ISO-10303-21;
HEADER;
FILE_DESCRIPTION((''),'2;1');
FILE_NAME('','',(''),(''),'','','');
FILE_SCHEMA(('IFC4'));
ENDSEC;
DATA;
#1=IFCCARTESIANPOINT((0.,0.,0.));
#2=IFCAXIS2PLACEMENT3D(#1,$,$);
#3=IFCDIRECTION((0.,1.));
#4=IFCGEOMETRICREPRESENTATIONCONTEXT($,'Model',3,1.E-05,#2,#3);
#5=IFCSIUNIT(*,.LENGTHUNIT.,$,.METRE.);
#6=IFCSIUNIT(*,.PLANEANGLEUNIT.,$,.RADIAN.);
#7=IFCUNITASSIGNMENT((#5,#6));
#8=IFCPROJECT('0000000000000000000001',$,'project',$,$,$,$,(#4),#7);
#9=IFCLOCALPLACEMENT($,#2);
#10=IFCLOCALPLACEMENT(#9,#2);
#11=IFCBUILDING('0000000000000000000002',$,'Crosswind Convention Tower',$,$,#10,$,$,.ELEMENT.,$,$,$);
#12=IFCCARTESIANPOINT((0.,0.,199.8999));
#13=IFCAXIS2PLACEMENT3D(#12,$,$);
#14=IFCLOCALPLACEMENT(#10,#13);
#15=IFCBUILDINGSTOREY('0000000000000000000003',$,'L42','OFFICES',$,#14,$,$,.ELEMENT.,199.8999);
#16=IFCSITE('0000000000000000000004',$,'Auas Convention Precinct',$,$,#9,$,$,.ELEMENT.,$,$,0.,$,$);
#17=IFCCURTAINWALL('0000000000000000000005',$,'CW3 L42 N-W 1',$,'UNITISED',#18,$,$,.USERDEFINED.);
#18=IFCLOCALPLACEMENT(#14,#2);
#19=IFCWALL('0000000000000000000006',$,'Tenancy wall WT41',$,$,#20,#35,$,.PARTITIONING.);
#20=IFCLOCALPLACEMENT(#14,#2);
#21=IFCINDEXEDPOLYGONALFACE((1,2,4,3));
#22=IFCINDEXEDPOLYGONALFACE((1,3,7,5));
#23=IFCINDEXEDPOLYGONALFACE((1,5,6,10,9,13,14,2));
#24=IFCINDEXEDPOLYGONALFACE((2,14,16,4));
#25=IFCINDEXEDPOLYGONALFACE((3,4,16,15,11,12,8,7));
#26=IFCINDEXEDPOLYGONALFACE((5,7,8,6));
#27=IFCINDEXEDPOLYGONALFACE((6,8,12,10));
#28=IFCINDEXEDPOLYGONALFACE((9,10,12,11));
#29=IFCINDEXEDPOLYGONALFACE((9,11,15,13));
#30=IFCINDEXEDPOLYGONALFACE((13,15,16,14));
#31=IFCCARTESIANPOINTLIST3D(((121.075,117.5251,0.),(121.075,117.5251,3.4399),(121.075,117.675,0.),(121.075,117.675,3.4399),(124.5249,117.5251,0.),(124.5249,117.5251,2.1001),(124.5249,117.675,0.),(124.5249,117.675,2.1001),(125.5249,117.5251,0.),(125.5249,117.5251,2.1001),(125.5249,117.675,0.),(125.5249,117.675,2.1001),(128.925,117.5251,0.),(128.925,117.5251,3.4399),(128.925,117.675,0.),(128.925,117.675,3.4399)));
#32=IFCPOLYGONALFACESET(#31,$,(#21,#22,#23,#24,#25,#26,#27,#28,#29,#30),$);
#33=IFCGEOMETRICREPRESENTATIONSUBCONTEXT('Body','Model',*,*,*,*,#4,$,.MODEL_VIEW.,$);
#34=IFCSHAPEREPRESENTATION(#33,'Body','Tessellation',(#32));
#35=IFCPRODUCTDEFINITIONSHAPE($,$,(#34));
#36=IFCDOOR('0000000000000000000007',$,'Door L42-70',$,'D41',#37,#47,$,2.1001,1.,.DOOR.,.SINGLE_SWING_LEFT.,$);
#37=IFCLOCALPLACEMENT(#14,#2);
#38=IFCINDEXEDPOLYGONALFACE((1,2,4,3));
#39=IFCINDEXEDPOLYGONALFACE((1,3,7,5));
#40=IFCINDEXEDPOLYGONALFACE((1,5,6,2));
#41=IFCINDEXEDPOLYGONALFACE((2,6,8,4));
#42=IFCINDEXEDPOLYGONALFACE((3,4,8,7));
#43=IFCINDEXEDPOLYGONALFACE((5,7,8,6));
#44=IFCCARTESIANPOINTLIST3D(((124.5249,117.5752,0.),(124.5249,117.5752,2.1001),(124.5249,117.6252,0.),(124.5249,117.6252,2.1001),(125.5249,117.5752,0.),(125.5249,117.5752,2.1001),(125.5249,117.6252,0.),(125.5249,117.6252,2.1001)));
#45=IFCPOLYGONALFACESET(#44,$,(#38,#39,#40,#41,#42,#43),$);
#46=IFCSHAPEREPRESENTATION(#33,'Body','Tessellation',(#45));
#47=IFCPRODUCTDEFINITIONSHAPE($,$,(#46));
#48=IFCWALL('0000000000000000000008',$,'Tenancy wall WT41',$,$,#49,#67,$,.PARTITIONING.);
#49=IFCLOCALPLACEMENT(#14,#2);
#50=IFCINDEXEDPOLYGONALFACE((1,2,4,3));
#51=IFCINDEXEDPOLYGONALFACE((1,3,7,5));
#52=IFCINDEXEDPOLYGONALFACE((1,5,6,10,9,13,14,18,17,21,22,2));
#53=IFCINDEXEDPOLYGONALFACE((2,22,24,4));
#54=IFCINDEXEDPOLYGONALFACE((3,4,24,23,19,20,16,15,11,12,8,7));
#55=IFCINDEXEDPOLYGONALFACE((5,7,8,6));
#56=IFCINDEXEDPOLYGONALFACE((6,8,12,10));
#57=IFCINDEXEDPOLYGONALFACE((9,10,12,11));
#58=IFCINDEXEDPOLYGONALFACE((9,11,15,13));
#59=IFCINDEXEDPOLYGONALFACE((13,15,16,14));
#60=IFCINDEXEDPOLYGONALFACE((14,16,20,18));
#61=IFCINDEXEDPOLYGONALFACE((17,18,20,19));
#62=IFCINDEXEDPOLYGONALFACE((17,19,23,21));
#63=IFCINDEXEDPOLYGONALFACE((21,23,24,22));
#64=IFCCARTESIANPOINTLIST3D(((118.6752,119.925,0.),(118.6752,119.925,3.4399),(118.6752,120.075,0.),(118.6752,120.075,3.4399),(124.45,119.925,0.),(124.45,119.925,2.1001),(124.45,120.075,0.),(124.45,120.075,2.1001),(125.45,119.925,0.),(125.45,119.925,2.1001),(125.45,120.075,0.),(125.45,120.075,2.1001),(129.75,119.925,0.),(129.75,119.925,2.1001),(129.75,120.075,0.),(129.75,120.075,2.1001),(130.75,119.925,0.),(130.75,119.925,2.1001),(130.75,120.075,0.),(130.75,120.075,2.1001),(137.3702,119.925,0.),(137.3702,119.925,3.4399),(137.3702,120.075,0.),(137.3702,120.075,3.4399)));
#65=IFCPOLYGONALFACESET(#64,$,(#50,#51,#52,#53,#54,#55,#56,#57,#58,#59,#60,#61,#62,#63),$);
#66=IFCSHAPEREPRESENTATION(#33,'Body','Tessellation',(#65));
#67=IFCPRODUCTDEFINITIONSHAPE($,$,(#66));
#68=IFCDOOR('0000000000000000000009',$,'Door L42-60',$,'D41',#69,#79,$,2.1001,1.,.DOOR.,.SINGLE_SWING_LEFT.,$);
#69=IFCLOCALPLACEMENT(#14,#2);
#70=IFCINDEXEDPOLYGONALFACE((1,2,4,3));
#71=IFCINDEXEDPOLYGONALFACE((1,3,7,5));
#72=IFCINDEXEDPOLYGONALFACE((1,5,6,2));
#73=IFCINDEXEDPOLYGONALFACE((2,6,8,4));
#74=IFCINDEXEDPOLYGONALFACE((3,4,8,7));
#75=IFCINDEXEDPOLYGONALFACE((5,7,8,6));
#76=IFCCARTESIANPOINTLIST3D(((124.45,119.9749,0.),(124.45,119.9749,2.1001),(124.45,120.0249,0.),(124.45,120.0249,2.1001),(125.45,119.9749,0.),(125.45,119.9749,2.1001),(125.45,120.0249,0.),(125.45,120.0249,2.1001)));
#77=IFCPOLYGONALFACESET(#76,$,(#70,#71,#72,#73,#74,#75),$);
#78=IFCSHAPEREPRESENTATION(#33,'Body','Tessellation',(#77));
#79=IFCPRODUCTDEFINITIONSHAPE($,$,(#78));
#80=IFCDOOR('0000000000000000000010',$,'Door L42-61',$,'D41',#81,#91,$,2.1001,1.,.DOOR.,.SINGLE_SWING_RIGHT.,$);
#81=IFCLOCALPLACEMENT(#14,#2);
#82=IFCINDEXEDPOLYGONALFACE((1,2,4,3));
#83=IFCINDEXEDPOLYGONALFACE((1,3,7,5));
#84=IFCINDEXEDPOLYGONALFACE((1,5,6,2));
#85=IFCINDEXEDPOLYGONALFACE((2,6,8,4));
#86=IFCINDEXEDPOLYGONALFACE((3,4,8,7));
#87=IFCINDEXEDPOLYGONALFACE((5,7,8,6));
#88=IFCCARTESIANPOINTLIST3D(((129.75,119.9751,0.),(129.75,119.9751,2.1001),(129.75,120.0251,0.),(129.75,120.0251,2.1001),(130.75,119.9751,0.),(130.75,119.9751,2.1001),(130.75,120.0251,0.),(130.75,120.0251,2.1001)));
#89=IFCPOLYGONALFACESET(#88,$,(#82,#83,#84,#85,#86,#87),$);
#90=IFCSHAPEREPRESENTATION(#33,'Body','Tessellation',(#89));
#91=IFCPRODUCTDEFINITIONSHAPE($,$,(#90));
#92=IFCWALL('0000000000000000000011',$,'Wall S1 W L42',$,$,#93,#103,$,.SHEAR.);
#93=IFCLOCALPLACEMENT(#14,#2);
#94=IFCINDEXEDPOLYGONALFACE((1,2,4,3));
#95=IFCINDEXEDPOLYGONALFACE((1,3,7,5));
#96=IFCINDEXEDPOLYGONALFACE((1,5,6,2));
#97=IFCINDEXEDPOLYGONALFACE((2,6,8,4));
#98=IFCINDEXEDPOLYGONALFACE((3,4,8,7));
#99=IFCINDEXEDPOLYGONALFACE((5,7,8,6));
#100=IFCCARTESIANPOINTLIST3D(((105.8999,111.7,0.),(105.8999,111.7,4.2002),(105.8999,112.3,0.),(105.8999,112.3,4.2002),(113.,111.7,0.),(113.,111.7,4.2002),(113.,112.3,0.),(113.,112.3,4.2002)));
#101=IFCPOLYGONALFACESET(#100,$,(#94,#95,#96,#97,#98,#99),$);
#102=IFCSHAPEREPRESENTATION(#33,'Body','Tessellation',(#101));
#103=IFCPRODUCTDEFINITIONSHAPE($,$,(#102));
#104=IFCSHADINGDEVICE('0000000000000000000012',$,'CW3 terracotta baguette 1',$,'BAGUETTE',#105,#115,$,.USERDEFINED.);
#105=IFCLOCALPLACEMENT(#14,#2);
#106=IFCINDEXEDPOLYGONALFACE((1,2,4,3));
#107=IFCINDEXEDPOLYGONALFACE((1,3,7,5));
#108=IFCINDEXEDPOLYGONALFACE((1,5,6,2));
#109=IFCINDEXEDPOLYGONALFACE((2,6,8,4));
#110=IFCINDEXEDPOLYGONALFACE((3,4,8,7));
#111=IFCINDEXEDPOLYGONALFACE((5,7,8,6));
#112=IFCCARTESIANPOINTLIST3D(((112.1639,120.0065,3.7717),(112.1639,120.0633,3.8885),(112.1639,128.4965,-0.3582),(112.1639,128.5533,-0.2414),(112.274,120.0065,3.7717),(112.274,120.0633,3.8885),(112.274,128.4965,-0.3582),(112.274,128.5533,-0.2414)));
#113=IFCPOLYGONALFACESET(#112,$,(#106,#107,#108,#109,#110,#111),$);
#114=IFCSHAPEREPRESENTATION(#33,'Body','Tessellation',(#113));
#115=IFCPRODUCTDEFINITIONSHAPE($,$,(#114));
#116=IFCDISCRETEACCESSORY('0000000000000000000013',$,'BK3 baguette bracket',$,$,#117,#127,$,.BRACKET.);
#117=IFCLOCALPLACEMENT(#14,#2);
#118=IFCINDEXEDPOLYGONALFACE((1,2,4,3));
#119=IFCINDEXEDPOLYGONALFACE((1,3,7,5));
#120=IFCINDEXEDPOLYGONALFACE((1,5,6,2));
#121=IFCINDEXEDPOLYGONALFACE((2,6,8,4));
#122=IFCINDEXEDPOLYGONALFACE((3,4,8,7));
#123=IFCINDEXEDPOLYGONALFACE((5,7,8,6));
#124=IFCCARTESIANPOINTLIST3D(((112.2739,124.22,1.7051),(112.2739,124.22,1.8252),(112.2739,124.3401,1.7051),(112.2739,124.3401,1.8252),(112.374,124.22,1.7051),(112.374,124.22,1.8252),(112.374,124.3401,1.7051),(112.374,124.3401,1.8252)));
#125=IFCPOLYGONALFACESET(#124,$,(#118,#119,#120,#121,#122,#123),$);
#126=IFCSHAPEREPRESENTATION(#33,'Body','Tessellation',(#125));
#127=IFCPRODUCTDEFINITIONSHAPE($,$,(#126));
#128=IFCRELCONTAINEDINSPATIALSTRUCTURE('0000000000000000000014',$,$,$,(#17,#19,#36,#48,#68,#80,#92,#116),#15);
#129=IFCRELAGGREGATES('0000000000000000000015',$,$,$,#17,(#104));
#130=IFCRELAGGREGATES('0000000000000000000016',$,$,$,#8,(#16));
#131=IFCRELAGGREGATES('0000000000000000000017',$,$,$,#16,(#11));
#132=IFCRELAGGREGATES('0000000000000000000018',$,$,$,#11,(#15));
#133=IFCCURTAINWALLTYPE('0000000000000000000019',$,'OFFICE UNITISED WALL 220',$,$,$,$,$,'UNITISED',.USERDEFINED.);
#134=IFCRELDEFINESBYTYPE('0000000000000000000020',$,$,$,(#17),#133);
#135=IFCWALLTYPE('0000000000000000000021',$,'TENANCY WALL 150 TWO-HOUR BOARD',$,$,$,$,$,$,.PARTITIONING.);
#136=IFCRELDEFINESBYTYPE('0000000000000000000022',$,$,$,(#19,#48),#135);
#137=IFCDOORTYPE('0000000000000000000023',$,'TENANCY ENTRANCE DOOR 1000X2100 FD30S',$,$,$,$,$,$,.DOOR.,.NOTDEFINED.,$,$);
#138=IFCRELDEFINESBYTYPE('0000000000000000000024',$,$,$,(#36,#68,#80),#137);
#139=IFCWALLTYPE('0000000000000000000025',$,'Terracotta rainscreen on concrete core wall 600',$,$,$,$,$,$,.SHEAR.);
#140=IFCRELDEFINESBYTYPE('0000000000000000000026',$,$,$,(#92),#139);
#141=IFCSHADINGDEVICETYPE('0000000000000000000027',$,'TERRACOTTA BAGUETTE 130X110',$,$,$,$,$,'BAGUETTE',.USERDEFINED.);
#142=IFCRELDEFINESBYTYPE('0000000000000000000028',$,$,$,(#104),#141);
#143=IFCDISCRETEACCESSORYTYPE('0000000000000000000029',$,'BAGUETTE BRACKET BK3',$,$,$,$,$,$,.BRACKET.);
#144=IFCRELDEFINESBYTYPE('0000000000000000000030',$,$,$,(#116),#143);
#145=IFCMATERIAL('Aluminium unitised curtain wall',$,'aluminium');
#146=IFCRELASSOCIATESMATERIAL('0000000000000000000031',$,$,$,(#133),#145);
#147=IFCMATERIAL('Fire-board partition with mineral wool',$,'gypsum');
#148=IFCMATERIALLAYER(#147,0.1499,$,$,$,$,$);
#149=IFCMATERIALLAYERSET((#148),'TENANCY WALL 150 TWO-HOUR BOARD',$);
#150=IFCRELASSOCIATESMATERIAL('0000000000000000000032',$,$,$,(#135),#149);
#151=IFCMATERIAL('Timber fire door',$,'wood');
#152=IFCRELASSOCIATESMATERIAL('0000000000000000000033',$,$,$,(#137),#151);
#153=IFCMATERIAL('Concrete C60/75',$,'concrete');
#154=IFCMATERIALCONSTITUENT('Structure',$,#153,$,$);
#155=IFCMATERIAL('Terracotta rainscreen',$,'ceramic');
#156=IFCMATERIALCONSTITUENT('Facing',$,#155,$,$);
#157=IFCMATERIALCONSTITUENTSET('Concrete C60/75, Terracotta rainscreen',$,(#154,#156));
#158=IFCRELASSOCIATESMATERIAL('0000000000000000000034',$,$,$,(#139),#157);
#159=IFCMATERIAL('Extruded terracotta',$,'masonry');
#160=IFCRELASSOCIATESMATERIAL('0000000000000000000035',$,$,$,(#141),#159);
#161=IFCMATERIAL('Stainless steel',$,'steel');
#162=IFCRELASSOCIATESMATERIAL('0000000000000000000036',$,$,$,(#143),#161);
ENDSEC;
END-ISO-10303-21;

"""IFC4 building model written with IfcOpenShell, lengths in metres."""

from ifc_helpers import new_model, si_unit, direction, frame, frame_2d, origin, origin_2d, place, context, subcontext, project, spatial, rectangle, extrude, material, layer, layer_set, constituent, constituent_set, material_profile, profile_set, type_object, element, fill, aggregate, save


model = new_model("IFC4")

# Units and contexts
model_context = context("Model", 3, precision=1e-05, world=origin(), true_north=direction((0.0, 1.0)))
body_context = subcontext(model_context, "Body", "Model", "MODEL_VIEW")
ifc_project = project(units=[si_unit("LENGTHUNIT", "METRE"), si_unit("PLANEANGLEUNIT", "RADIAN")], contexts=[model_context])

# Site, building, storey
site_placement = place(None, origin())
site = spatial("IfcSite", under=ifc_project, at=site_placement, Name="Auas Convention Precinct", CompositionType="ELEMENT", RefElevation=0.0)
building_placement = place(site_placement, origin())
building = spatial("IfcBuilding", under=site, at=building_placement, Name="Crosswind Convention Tower", CompositionType="ELEMENT")
storey_placement = place(building_placement, frame((0.0, 0.0, 199.8999)))
storey = spatial("IfcBuildingStorey", under=building, at=storey_placement, Name="L42", Description="OFFICES", CompositionType="ELEMENT", Elevation=199.8999)

# Shared definitions
ifc_material_1 = material(Name="Concrete C60/75", Category="concrete")

# Shared definitions
ifc_material_2 = material(Name="Aluminium unitised curtain wall", Category="aluminium")
curtain_wall_type_1 = type_object("IfcCurtainWallType", Name="OFFICE UNITISED WALL 220", ElementType="UNITISED", PredefinedType="USERDEFINED", material=ifc_material_2)

# Curtain wall
curtain_wall_1_placement = place(storey_placement, origin())
curtain_wall_1 = element("IfcCurtainWall", 1, at=curtain_wall_1_placement, inside=storey, type_object=curtain_wall_type_1, Name="CW3 L42 N-W 1", ObjectType="UNITISED", PredefinedType="USERDEFINED")

# Shared definitions
ifc_material_3 = material(Name="Fire-board partition with mineral wool", Category="gypsum")
ifc_layer_1 = layer(ifc_material_3, 0.1499)
ifc_layer_set_1 = layer_set([ifc_layer_1], Name="TENANCY WALL 150 TWO-HOUR BOARD")
wall_type_1 = type_object("IfcWallType", Name="TENANCY WALL 150 TWO-HOUR BOARD", PredefinedType="PARTITIONING", material=ifc_layer_set_1)

# Wall, opening, door
wall_1_placement = place(storey_placement, frame((121.075, 117.6001, 0.0), z_axis=(0.0, 0.0, 1.0), x_axis=(1.0, 0.0, 0.0)))
wall_1 = element("IfcWall", 2, at=wall_1_placement, inside=storey, type_object=wall_type_1, Name="Tenancy wall WT41", PredefinedType="PARTITIONING", context=body_context, shape_type="SweptSolid", body=[
    extrude(rectangle(XDim=7.8501, YDim=0.1499, at=frame_2d((3.925, 0.0))), origin(), (0.0, 0.0, 1.0), 3.4399),
])
opening_1_placement = place(wall_1_placement, frame((3.45, 0.0, 0.0)))
opening_1 = element("IfcOpeningElement", 3, at=opening_1_placement, cuts=wall_1, PredefinedType="OPENING", context=body_context, shape_type="SweptSolid", body=[
    extrude(rectangle(XDim=1.0, YDim=2.1001, at=frame_2d((0.5, 1.05))), frame((0.0, 0.085, 0.0), z_axis=(0.0, -1.0, 0.0), x_axis=(1.0, 0.0, 0.0)), (0.0, 0.0, 1.0), 0.1699),
])
ifc_material_4 = material(Name="Timber fire door", Category="wood")
door_type = type_object("IfcDoorType", Name="TENANCY ENTRANCE DOOR 1000X2100 FD30S", OperationType="NOTDEFINED", PredefinedType="DOOR", material=ifc_material_4)
door_1_placement = place(opening_1_placement, frame((1.0, 0.0, 0.0), z_axis=(0.0, 0.0, 1.0), x_axis=(-1.0, 0.0, 0.0)))
door_1 = element("IfcDoor", 4, at=door_1_placement, inside=storey, type_object=door_type, Name="Door L42-70", ObjectType="D41", OperationType="SINGLE_SWING_LEFT", OverallHeight=2.1001, OverallWidth=1.0, PredefinedType="DOOR", context=body_context, shape_type="SweptSolid", body=[
    extrude(rectangle(XDim=1.0, YDim=2.1001, at=frame_2d((0.5, 1.05))), frame((0.0, 0.0249, 0.0), z_axis=(0.0, -1.0, 0.0), x_axis=(1.0, 0.0, 0.0)), (0.0, 0.0, 1.0), 0.05),
])
fill(opening_1, door_1)

# Wall, openings, doors
wall_2_placement = place(storey_placement, frame((118.675, 120.0, 0.0), z_axis=(0.0, 0.0, 1.0), x_axis=(1.0, 0.0, 0.0)))
wall_2 = element("IfcWall", 5, at=wall_2_placement, inside=storey, type_object=wall_type_1, Name="Tenancy wall WT41", PredefinedType="PARTITIONING", context=body_context, shape_type="SweptSolid", body=[
    extrude(rectangle(XDim=18.6951, YDim=0.1499, at=frame_2d((9.3477, 0.0))), origin(), (0.0, 0.0, 1.0), 3.4399),
])
opening_2_placement = place(wall_2_placement, frame((5.7749, 0.0, 0.0)))
opening_2 = element("IfcOpeningElement", 6, at=opening_2_placement, cuts=wall_2, PredefinedType="OPENING", context=body_context, shape_type="SweptSolid", body=[
    extrude(rectangle(XDim=1.0, YDim=2.1001, at=frame_2d((0.5, 1.05))), frame((0.0, 0.085, 0.0), z_axis=(0.0, -1.0, 0.0), x_axis=(1.0, 0.0, 0.0)), (0.0, 0.0, 1.0), 0.1699),
])
opening_3_placement = place(wall_2_placement, frame((11.075, 0.0, 0.0)))
opening_3 = element("IfcOpeningElement", 7, at=opening_3_placement, cuts=wall_2, PredefinedType="OPENING", context=body_context, shape_type="SweptSolid", body=[
    extrude(rectangle(XDim=1.0, YDim=2.1001, at=frame_2d((0.5, 1.05))), frame((0.0, 0.085, 0.0), z_axis=(0.0, -1.0, 0.0), x_axis=(1.0, 0.0, 0.0)), (0.0, 0.0, 1.0), 0.1699),
])
door_2_placement = place(opening_2_placement, origin())
door_2 = element("IfcDoor", 8, at=door_2_placement, inside=storey, type_object=door_type, Name="Door L42-60", ObjectType="D41", OperationType="SINGLE_SWING_LEFT", OverallHeight=2.1001, OverallWidth=1.0, PredefinedType="DOOR", context=body_context, shape_type="SweptSolid", body=[
    extrude(rectangle(XDim=1.0, YDim=2.1001, at=frame_2d((0.5, 1.05))), frame((0.0, 0.0249, 0.0), z_axis=(0.0, -1.0, 0.0), x_axis=(1.0, 0.0, 0.0)), (0.0, 0.0, 1.0), 0.05),
])
fill(opening_2, door_2)
door_3_placement = place(opening_3_placement, frame((1.0, 0.0, 0.0), z_axis=(0.0, 0.0, 1.0), x_axis=(-1.0, 0.0, 0.0)))
door_3 = element("IfcDoor", 9, at=door_3_placement, inside=storey, type_object=door_type, Name="Door L42-61", ObjectType="D41", OperationType="SINGLE_SWING_RIGHT", OverallHeight=2.1001, OverallWidth=1.0, PredefinedType="DOOR", context=body_context, shape_type="SweptSolid", body=[
    extrude(rectangle(XDim=1.0, YDim=2.1001, at=frame_2d((0.5, 1.05))), frame((0.0, 0.0249, 0.0), z_axis=(0.0, -1.0, 0.0), x_axis=(1.0, 0.0, 0.0)), (0.0, 0.0, 1.0), 0.05),
])
fill(opening_3, door_3)

# Wall
ifc_constituent_1 = constituent(ifc_material_1, Name="Structure")
ifc_material_5 = material(Name="Terracotta rainscreen", Category="ceramic")
ifc_constituent_2 = constituent(ifc_material_5, Name="Facing")
ifc_constituent_set = constituent_set(constituents=[ifc_constituent_1, ifc_constituent_2], Name="Concrete C60/75, Terracotta rainscreen")
wall_type_2 = type_object("IfcWallType", Name="Terracotta rainscreen on concrete core wall 600", PredefinedType="SHEAR", material=ifc_constituent_set)
wall_3_placement = place(storey_placement, frame((113.0, 112.0, 0.0), z_axis=(0.0, 0.0, 1.0), x_axis=(-1.0, 0.0, 0.0)))
element("IfcWall", 10, at=wall_3_placement, inside=storey, type_object=wall_type_2, Name="Wall S1 W L42", PredefinedType="SHEAR", context=body_context, shape_type="SweptSolid", body=[
    extrude(rectangle(XDim=7.1001, YDim=0.6001, at=frame_2d((3.55, 0.0))), origin(), (0.0, 0.0, 1.0), 4.2002),
])

# Shading device
ifc_material_6 = material(Name="Extruded terracotta", Category="masonry")
ifc_material_profile_1 = material_profile(ifc_material_6, rectangle(XDim=0.1101, YDim=0.1299, at=origin_2d()), Name="TC 110X130")
ifc_profile_set_1 = profile_set([ifc_material_profile_1], Name="Extruded terracotta")
shading_device_type = type_object("IfcShadingDeviceType", Name="TERRACOTTA BAGUETTE 130X110", ElementType="BAGUETTE", PredefinedType="USERDEFINED", material=ifc_profile_set_1)
shading_device_placement = place(storey_placement, frame((112.219, 128.5249, -0.2998), z_axis=(0.0, -0.899251, 0.437433), x_axis=(1.0, 0.0, 0.0)))
shading_device = element("IfcShadingDevice", 11, at=shading_device_placement, type_object=shading_device_type, Name="CW3 terracotta baguette 1", ObjectType="BAGUETTE", PredefinedType="USERDEFINED", context=body_context, shape_type="SweptSolid", body=[
    extrude(rectangle(XDim=0.1101, YDim=0.1299, at=origin_2d()), origin(), (0.0, 0.0, 1.0), 9.4412),
])
aggregate(curtain_wall_1, [shading_device])

# Discrete accessory
ifc_material_7 = material(Name="Stainless steel", Category="steel")
discrete_accessory_type = type_object("IfcDiscreteAccessoryType", Name="BAGUETTE BRACKET BK3", PredefinedType="BRACKET", material=ifc_material_7)
discrete_accessory_placement = place(storey_placement, frame((112.324, 124.28, 1.7051), z_axis=(0.0, 0.0, 1.0), x_axis=(0.0, -1.0, 0.0)))
element("IfcDiscreteAccessory", 12, at=discrete_accessory_placement, inside=storey, type_object=discrete_accessory_type, Name="BK3 baguette bracket", PredefinedType="BRACKET", context=body_context, shape_type="SweptSolid", body=[
    extrude(rectangle(XDim=0.1201, YDim=0.1001, at=origin_2d()), origin(), (0.0, 0.0, 1.0), 0.1201),
])

save(model, "model.ifc")
